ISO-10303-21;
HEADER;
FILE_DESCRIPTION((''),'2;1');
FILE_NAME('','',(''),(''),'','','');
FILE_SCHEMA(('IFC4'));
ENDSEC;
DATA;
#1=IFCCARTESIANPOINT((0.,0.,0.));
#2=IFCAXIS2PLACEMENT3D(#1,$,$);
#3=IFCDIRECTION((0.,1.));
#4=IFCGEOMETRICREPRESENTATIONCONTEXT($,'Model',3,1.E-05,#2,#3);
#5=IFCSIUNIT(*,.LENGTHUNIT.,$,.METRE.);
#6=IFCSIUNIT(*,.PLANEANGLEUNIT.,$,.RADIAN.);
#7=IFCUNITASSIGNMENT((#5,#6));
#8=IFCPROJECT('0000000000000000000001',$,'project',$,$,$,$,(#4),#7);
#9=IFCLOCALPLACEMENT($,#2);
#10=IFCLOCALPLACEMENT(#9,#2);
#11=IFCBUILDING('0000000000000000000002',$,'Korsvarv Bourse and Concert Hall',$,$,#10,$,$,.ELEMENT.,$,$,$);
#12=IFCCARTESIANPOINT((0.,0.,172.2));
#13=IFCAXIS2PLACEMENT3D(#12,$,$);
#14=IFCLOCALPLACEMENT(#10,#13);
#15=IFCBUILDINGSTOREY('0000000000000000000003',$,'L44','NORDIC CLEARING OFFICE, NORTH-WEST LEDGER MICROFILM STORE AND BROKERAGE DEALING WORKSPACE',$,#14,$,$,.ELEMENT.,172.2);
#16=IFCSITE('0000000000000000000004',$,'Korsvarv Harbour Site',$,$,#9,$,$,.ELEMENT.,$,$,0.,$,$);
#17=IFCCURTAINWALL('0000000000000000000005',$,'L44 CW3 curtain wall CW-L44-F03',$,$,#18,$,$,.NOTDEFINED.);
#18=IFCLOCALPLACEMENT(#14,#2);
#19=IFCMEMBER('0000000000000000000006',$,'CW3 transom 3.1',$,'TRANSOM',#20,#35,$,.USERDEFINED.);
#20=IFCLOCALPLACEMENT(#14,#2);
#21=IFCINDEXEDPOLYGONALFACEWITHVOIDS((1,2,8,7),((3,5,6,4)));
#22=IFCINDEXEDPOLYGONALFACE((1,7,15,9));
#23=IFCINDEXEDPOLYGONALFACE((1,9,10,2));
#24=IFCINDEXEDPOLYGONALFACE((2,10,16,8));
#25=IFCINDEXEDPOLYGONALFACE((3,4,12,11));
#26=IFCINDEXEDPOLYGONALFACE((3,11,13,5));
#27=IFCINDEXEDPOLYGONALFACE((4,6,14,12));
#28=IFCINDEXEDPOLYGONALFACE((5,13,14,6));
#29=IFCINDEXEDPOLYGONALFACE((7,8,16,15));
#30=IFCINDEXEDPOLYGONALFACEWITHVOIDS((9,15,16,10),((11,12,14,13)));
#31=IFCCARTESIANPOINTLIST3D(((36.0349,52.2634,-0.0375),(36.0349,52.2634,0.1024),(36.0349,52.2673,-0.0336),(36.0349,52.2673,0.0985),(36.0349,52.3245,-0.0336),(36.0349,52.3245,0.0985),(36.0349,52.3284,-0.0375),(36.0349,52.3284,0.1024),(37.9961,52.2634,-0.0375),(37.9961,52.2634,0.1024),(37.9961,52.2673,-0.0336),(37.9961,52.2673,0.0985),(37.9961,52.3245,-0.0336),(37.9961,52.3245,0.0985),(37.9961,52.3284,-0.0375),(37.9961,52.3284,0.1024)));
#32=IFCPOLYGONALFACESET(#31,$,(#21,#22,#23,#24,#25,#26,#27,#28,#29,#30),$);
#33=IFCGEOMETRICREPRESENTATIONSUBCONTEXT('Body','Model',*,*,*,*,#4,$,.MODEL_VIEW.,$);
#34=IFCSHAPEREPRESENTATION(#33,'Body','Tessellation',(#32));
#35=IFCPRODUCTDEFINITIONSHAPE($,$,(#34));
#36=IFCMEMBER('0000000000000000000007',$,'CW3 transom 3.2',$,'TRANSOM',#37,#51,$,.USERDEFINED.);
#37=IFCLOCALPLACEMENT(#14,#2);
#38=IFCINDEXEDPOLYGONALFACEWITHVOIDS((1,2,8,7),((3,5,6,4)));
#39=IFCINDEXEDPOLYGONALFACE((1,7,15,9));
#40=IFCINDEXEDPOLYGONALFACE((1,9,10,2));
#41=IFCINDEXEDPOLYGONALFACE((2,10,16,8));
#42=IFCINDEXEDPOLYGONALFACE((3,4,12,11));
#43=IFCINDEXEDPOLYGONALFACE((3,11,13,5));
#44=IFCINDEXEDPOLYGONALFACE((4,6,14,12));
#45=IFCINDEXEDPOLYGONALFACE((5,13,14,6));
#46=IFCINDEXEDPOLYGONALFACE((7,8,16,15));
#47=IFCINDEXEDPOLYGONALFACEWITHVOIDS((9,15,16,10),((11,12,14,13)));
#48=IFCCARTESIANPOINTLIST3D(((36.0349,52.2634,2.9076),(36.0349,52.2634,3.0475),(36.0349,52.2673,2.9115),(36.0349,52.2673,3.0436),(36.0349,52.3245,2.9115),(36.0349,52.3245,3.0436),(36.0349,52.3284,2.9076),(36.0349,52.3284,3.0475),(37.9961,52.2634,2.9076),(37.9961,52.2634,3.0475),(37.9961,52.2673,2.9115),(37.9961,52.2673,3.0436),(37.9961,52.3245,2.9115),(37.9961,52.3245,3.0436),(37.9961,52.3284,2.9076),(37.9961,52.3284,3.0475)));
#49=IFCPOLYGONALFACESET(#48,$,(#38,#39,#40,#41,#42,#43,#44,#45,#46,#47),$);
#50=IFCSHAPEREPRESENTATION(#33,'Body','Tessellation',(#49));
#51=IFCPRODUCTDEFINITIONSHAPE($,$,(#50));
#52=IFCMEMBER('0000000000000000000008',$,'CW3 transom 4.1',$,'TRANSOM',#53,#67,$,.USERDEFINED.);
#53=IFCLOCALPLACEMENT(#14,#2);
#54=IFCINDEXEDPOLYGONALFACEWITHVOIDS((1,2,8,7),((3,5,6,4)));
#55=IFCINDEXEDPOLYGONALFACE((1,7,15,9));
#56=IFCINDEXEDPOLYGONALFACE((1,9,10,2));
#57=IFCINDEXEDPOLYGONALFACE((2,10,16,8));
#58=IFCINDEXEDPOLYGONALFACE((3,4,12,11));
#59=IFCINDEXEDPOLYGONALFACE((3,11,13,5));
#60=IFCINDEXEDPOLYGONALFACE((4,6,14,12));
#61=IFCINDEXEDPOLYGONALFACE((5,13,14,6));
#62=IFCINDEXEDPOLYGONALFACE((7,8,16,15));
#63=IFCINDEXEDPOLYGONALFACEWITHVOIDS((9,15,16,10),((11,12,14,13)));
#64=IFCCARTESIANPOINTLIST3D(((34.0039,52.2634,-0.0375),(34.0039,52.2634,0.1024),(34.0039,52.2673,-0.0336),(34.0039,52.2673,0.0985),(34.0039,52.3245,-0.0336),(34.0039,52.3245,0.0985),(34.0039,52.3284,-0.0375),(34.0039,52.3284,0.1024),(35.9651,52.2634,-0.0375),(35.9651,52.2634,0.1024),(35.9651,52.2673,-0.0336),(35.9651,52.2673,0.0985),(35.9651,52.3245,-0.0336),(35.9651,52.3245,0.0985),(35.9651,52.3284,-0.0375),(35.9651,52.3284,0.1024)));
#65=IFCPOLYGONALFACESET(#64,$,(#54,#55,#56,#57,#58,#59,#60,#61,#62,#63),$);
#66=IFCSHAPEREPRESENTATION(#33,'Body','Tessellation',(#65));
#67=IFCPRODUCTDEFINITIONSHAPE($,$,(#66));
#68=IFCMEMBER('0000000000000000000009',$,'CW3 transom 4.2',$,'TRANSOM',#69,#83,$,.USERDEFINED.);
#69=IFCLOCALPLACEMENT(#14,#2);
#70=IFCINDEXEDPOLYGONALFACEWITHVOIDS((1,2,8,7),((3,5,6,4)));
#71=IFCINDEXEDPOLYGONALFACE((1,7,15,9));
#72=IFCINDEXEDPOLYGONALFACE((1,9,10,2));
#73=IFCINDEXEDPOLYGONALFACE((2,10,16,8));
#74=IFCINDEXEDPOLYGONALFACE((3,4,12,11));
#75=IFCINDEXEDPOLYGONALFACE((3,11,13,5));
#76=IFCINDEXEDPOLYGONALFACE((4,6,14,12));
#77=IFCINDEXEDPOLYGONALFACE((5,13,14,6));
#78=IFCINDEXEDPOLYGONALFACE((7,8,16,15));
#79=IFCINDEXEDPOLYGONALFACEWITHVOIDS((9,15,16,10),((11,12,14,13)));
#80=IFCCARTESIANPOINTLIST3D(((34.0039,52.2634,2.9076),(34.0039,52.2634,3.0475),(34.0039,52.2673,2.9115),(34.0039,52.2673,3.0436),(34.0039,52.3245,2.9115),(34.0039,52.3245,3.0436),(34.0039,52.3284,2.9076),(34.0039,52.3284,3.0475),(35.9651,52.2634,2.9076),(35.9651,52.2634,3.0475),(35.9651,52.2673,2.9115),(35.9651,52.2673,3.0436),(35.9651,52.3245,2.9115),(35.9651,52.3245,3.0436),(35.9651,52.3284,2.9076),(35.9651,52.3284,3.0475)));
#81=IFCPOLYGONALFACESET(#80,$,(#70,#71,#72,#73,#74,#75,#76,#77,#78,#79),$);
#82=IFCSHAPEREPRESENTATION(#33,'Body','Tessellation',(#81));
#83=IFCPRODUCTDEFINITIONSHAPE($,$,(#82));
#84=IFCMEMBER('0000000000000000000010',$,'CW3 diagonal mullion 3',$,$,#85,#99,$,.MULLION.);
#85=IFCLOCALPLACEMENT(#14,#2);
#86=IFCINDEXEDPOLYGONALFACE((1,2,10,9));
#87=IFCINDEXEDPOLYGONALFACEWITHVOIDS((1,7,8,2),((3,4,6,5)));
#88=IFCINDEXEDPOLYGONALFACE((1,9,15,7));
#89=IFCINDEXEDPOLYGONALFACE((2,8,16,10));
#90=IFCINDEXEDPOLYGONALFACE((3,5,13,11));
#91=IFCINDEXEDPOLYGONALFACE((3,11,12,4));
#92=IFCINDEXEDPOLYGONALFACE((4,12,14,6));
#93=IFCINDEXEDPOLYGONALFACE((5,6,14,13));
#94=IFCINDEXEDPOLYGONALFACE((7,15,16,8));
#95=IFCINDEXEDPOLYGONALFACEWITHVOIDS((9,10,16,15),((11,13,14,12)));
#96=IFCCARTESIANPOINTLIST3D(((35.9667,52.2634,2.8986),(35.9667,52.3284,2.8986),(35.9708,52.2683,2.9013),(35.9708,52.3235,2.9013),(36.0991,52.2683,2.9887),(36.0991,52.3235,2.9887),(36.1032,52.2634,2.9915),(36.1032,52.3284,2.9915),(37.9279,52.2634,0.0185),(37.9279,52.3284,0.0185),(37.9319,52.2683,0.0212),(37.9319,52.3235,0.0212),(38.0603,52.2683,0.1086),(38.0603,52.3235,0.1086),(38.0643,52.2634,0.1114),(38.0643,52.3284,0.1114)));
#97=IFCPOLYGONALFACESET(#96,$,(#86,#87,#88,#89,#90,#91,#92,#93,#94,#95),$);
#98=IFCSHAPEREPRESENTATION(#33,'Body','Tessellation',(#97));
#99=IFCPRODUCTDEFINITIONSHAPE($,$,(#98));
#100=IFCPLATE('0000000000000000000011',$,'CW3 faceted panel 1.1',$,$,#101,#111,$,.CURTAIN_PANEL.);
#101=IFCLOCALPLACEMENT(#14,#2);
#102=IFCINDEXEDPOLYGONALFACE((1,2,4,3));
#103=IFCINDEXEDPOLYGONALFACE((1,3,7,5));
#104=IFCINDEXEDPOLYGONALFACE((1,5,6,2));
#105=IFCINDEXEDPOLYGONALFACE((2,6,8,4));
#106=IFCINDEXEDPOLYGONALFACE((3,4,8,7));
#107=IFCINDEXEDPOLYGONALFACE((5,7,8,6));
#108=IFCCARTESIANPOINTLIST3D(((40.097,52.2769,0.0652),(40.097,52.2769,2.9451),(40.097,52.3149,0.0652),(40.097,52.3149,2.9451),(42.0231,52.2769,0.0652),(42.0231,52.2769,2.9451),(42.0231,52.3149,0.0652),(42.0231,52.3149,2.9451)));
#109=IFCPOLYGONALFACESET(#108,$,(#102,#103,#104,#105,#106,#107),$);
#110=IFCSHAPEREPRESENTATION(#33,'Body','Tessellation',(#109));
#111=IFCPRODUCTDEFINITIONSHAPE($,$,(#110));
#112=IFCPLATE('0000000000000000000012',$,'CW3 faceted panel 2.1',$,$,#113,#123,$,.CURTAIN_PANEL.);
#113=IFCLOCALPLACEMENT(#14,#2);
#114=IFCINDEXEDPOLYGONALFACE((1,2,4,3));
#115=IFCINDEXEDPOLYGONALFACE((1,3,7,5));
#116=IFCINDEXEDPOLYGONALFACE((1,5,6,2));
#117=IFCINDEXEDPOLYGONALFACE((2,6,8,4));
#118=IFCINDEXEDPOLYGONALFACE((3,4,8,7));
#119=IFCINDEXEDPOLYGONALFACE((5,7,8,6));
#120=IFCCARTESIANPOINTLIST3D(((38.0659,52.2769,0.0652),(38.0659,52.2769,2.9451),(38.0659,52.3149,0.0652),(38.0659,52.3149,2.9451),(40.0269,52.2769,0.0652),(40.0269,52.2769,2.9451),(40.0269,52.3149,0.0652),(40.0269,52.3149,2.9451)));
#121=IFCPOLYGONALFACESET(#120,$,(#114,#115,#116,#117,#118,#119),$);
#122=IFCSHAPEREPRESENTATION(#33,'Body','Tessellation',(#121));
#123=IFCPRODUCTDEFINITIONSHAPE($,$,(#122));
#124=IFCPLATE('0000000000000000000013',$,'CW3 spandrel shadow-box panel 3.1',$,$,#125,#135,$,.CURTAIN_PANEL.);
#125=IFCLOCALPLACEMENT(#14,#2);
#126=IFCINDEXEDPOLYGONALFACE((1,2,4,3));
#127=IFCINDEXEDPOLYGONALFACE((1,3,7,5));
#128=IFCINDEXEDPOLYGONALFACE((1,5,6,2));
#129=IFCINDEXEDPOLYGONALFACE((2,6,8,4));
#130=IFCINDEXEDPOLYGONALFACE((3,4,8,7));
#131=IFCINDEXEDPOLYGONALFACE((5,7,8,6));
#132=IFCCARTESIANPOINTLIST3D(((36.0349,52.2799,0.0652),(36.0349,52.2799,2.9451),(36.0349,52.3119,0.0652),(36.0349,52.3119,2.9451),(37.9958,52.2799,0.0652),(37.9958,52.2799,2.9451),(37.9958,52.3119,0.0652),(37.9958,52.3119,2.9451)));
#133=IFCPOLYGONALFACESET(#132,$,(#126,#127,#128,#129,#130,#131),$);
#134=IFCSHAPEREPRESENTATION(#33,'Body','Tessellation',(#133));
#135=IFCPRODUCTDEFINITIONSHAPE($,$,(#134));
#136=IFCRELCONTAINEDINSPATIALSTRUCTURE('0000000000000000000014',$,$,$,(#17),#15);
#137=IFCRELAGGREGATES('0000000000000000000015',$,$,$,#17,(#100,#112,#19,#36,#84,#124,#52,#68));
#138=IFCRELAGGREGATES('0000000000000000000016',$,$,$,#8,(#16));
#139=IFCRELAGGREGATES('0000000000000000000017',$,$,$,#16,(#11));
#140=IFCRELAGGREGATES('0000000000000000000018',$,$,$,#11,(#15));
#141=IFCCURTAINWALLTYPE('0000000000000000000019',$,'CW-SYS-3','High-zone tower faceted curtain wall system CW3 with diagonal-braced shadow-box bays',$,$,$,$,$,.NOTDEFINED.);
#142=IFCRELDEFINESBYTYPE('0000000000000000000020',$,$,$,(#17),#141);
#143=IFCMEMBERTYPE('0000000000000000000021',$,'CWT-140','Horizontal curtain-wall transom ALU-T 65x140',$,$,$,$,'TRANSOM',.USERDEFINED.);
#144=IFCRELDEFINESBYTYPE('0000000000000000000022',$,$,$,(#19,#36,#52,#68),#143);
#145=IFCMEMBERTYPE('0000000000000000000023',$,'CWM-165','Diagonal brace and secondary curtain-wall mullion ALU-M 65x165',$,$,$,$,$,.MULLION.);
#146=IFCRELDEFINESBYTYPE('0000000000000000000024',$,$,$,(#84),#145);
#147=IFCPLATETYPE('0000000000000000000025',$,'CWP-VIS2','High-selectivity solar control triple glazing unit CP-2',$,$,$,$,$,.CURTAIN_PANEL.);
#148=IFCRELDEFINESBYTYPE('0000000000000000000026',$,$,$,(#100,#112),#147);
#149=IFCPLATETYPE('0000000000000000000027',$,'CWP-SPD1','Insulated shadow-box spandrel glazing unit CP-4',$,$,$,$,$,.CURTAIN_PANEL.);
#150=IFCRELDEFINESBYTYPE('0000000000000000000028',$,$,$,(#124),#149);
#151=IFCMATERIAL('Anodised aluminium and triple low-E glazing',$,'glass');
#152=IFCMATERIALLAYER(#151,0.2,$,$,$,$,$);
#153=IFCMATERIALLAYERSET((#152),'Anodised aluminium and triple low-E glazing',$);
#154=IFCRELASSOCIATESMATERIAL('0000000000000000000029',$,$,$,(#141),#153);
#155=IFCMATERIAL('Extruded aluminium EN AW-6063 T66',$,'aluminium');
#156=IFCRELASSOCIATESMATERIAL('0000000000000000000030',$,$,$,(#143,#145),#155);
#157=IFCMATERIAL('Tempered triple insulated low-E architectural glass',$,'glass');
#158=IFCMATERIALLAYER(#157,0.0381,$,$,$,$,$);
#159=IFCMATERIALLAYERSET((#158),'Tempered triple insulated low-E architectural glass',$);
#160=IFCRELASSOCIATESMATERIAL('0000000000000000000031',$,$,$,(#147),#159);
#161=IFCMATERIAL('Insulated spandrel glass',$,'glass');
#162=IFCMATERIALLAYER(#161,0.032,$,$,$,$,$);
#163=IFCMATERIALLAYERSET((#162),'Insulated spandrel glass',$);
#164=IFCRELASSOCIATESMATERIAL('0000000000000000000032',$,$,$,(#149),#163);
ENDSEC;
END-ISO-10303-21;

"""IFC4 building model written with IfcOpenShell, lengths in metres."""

from ifc_helpers import new_model, si_unit, direction, frame, origin, origin_2d, place, context, subcontext, project, spatial, rectangle, hollow_rectangle, extrude, source, transform, mapped, material, layer, layer_set, material_profile, profile_set, type_object, element, aggregate, save


model = new_model("IFC4")

# Units and contexts
model_context = context("Model", 3, precision=1e-05, world=origin(), true_north=direction((0.0, 1.0)))
body_context = subcontext(model_context, "Body", "Model", "MODEL_VIEW")
ifc_project = project(units=[si_unit("LENGTHUNIT", "METRE"), si_unit("PLANEANGLEUNIT", "RADIAN")], contexts=[model_context])

# Site, building, storey
site_placement = place(None, origin())
site = spatial("IfcSite", under=ifc_project, at=site_placement, Name="Korsvarv Harbour Site", CompositionType="ELEMENT", RefElevation=0.0)
building_placement = place(site_placement, origin())
building = spatial("IfcBuilding", under=site, at=building_placement, Name="Korsvarv Bourse and Concert Hall", CompositionType="ELEMENT")
storey_placement = place(building_placement, frame((0.0, 0.0, 172.2)))
storey = spatial("IfcBuildingStorey", under=building, at=storey_placement, Name="L44", Description="NORDIC CLEARING OFFICE, NORTH-WEST LEDGER MICROFILM STORE AND BROKERAGE DEALING WORKSPACE", CompositionType="ELEMENT", Elevation=172.2)

# Curtain wall, members, plates
ifc_material_1 = material(Name="Anodised aluminium and triple low-E glazing", Category="glass")
ifc_layer_1 = layer(ifc_material_1, 0.2)
ifc_layer_set_1 = layer_set([ifc_layer_1], Name="Anodised aluminium and triple low-E glazing")
curtain_wall_type = type_object("IfcCurtainWallType", Name="CW-SYS-3", Description="High-zone tower faceted curtain wall system CW3 with diagonal-braced shadow-box bays", PredefinedType="NOTDEFINED", material=ifc_layer_set_1)
curtain_wall_placement = place(storey_placement, origin())
curtain_wall = element("IfcCurtainWall", 1, at=curtain_wall_placement, inside=storey, type_object=curtain_wall_type, Name="L44 CW3 curtain wall CW-L44-F03", PredefinedType="NOTDEFINED")
ifc_material_2 = material(Name="Extruded aluminium EN AW-6063 T66", Category="aluminium")
ifc_material_profile_1 = material_profile(ifc_material_2, hollow_rectangle(XDim=0.0649, YDim=0.1399, WallThickness=0.0039, at=origin_2d()), Name="ALU-T 65x140")
ifc_profile_set_1 = profile_set([ifc_material_profile_1], Name="Extruded aluminium EN AW-6063 T66")
member_type_1 = type_object("IfcMemberType", Name="CWT-140", Description="Horizontal curtain-wall transom ALU-T 65x140", ElementType="TRANSOM", PredefinedType="USERDEFINED", material=ifc_profile_set_1)
shared_shape_1 = source(origin(), body_context, "Body", "SweptSolid", [
    extrude(hollow_rectangle(XDim=0.0649, YDim=0.1399, WallThickness=0.0039, at=origin_2d()), origin(), (0.0, 0.0, 1.0), 1.9612),
])
member_1_placement = place(storey_placement, frame((37.9961, 52.2959, 0.0325), z_axis=(-1.0, 0.0, 0.0), x_axis=(0.0, -1.0, 0.0)))
member_1 = element("IfcMember", 2, at=member_1_placement, type_object=member_type_1, Name="CW3 transom 3.1", ObjectType="TRANSOM", PredefinedType="USERDEFINED", context=body_context, shape_type="MappedRepresentation", body=[
    mapped(shared_shape_1, transform((0.0, 0.0, 0.0), scale=1.0)),
])
member_2_placement = place(storey_placement, frame((37.9961, 52.2959, 2.9775), z_axis=(-1.0, 0.0, 0.0), x_axis=(0.0, -1.0, 0.0)))
member_2 = element("IfcMember", 3, at=member_2_placement, type_object=member_type_1, Name="CW3 transom 3.2", ObjectType="TRANSOM", PredefinedType="USERDEFINED", context=body_context, shape_type="MappedRepresentation", body=[
    mapped(shared_shape_1, transform((0.0, 0.0, 0.0), scale=1.0)),
])
member_3_placement = place(storey_placement, frame((35.9651, 52.2959, 0.0325), z_axis=(-1.0, 0.0, 0.0), x_axis=(0.0, -1.0, 0.0)))
member_3 = element("IfcMember", 4, at=member_3_placement, type_object=member_type_1, Name="CW3 transom 4.1", ObjectType="TRANSOM", PredefinedType="USERDEFINED", context=body_context, shape_type="MappedRepresentation", body=[
    mapped(shared_shape_1, transform((0.0, 0.0, 0.0), scale=1.0)),
])
member_4_placement = place(storey_placement, frame((35.9651, 52.2959, 2.9775), z_axis=(-1.0, 0.0, 0.0), x_axis=(0.0, -1.0, 0.0)))
member_4 = element("IfcMember", 5, at=member_4_placement, type_object=member_type_1, Name="CW3 transom 4.2", ObjectType="TRANSOM", PredefinedType="USERDEFINED", context=body_context, shape_type="MappedRepresentation", body=[
    mapped(shared_shape_1, transform((0.0, 0.0, 0.0), scale=1.0)),
])
ifc_material_profile_2 = material_profile(ifc_material_2, hollow_rectangle(XDim=0.0649, YDim=0.165, WallThickness=0.0049, at=origin_2d()), Name="ALU-M 65x165")
ifc_profile_set_2 = profile_set([ifc_material_profile_2], Name="Extruded aluminium EN AW-6063 T66")
member_type_2 = type_object("IfcMemberType", Name="CWM-165", Description="Diagonal brace and secondary curtain-wall mullion ALU-M 65x165", PredefinedType="MULLION", material=ifc_profile_set_2)
shared_shape_2 = source(origin(), body_context, "Body", "SweptSolid", [
    extrude(hollow_rectangle(XDim=0.0649, YDim=0.165, WallThickness=0.0049, at=origin_2d()), origin(), (0.0, 0.0, 1.0), 3.4844),
])
member_5_placement = place(storey_placement, frame((37.9961, 52.2959, 0.0649), z_axis=(-0.562839, 0.0, 0.826567), x_axis=(0.0, -1.0, 0.0)))
member_5 = element("IfcMember", 6, at=member_5_placement, type_object=member_type_2, Name="CW3 diagonal mullion 3", PredefinedType="MULLION", context=body_context, shape_type="MappedRepresentation", body=[
    mapped(shared_shape_2, transform((0.0, 0.0, 0.0), scale=1.0)),
])
ifc_material_3 = material(Name="Tempered triple insulated low-E architectural glass", Category="glass")
ifc_layer_2 = layer(ifc_material_3, 0.0381)
ifc_layer_set_2 = layer_set([ifc_layer_2], Name="Tempered triple insulated low-E architectural glass")
plate_type_1 = type_object("IfcPlateType", Name="CWP-VIS2", Description="High-selectivity solar control triple glazing unit CP-2", PredefinedType="CURTAIN_PANEL", material=ifc_layer_set_2)
shared_shape_3 = source(origin(), body_context, "Body", "SweptSolid", [
    extrude(rectangle(XDim=1.926, YDim=0.0381, at=origin_2d()), origin(), (0.0, 0.0, 1.0), 2.8799),
])
plate_1_placement = place(storey_placement, frame((41.0601, 52.2959, 0.0652), z_axis=(0.0, 0.0, 1.0), x_axis=(-1.0, 0.0, 0.0)))
plate_1 = element("IfcPlate", 7, at=plate_1_placement, type_object=plate_type_1, Name="CW3 faceted panel 1.1", PredefinedType="CURTAIN_PANEL", context=body_context, shape_type="MappedRepresentation", body=[
    mapped(shared_shape_3, transform((0.0, 0.0, 0.0), scale=1.0)),
])
shared_shape_4 = source(origin(), body_context, "Body", "SweptSolid", [
    extrude(rectangle(XDim=1.9609, YDim=0.0381, at=origin_2d()), origin(), (0.0, 0.0, 1.0), 2.8799),
])
plate_2_placement = place(storey_placement, frame((39.0464, 52.2959, 0.0652), z_axis=(0.0, 0.0, 1.0), x_axis=(-1.0, 0.0, 0.0)))
plate_2 = element("IfcPlate", 8, at=plate_2_placement, type_object=plate_type_1, Name="CW3 faceted panel 2.1", PredefinedType="CURTAIN_PANEL", context=body_context, shape_type="MappedRepresentation", body=[
    mapped(shared_shape_4, transform((0.0, 0.0, 0.0), scale=1.0)),
])
ifc_material_4 = material(Name="Insulated spandrel glass", Category="glass")
ifc_layer_3 = layer(ifc_material_4, 0.032)
ifc_layer_set_3 = layer_set([ifc_layer_3], Name="Insulated spandrel glass")
plate_type_2 = type_object("IfcPlateType", Name="CWP-SPD1", Description="Insulated shadow-box spandrel glazing unit CP-4", PredefinedType="CURTAIN_PANEL", material=ifc_layer_set_3)
shared_shape_5 = source(origin(), body_context, "Body", "SweptSolid", [
    extrude(rectangle(XDim=1.9609, YDim=0.032, at=origin_2d()), origin(), (0.0, 0.0, 1.0), 2.8799),
])
plate_3_placement = place(storey_placement, frame((37.0154, 52.2959, 0.0652), z_axis=(0.0, 0.0, 1.0), x_axis=(-1.0, 0.0, 0.0)))
plate_3 = element("IfcPlate", 9, at=plate_3_placement, type_object=plate_type_2, Name="CW3 spandrel shadow-box panel 3.1", PredefinedType="CURTAIN_PANEL", context=body_context, shape_type="MappedRepresentation", body=[
    mapped(shared_shape_5, transform((0.0, 0.0, 0.0), scale=1.0)),
])
aggregate(curtain_wall, [plate_1, plate_2, member_1, member_2, member_5, plate_3, member_3, member_4])

save(model, "model.ifc")
